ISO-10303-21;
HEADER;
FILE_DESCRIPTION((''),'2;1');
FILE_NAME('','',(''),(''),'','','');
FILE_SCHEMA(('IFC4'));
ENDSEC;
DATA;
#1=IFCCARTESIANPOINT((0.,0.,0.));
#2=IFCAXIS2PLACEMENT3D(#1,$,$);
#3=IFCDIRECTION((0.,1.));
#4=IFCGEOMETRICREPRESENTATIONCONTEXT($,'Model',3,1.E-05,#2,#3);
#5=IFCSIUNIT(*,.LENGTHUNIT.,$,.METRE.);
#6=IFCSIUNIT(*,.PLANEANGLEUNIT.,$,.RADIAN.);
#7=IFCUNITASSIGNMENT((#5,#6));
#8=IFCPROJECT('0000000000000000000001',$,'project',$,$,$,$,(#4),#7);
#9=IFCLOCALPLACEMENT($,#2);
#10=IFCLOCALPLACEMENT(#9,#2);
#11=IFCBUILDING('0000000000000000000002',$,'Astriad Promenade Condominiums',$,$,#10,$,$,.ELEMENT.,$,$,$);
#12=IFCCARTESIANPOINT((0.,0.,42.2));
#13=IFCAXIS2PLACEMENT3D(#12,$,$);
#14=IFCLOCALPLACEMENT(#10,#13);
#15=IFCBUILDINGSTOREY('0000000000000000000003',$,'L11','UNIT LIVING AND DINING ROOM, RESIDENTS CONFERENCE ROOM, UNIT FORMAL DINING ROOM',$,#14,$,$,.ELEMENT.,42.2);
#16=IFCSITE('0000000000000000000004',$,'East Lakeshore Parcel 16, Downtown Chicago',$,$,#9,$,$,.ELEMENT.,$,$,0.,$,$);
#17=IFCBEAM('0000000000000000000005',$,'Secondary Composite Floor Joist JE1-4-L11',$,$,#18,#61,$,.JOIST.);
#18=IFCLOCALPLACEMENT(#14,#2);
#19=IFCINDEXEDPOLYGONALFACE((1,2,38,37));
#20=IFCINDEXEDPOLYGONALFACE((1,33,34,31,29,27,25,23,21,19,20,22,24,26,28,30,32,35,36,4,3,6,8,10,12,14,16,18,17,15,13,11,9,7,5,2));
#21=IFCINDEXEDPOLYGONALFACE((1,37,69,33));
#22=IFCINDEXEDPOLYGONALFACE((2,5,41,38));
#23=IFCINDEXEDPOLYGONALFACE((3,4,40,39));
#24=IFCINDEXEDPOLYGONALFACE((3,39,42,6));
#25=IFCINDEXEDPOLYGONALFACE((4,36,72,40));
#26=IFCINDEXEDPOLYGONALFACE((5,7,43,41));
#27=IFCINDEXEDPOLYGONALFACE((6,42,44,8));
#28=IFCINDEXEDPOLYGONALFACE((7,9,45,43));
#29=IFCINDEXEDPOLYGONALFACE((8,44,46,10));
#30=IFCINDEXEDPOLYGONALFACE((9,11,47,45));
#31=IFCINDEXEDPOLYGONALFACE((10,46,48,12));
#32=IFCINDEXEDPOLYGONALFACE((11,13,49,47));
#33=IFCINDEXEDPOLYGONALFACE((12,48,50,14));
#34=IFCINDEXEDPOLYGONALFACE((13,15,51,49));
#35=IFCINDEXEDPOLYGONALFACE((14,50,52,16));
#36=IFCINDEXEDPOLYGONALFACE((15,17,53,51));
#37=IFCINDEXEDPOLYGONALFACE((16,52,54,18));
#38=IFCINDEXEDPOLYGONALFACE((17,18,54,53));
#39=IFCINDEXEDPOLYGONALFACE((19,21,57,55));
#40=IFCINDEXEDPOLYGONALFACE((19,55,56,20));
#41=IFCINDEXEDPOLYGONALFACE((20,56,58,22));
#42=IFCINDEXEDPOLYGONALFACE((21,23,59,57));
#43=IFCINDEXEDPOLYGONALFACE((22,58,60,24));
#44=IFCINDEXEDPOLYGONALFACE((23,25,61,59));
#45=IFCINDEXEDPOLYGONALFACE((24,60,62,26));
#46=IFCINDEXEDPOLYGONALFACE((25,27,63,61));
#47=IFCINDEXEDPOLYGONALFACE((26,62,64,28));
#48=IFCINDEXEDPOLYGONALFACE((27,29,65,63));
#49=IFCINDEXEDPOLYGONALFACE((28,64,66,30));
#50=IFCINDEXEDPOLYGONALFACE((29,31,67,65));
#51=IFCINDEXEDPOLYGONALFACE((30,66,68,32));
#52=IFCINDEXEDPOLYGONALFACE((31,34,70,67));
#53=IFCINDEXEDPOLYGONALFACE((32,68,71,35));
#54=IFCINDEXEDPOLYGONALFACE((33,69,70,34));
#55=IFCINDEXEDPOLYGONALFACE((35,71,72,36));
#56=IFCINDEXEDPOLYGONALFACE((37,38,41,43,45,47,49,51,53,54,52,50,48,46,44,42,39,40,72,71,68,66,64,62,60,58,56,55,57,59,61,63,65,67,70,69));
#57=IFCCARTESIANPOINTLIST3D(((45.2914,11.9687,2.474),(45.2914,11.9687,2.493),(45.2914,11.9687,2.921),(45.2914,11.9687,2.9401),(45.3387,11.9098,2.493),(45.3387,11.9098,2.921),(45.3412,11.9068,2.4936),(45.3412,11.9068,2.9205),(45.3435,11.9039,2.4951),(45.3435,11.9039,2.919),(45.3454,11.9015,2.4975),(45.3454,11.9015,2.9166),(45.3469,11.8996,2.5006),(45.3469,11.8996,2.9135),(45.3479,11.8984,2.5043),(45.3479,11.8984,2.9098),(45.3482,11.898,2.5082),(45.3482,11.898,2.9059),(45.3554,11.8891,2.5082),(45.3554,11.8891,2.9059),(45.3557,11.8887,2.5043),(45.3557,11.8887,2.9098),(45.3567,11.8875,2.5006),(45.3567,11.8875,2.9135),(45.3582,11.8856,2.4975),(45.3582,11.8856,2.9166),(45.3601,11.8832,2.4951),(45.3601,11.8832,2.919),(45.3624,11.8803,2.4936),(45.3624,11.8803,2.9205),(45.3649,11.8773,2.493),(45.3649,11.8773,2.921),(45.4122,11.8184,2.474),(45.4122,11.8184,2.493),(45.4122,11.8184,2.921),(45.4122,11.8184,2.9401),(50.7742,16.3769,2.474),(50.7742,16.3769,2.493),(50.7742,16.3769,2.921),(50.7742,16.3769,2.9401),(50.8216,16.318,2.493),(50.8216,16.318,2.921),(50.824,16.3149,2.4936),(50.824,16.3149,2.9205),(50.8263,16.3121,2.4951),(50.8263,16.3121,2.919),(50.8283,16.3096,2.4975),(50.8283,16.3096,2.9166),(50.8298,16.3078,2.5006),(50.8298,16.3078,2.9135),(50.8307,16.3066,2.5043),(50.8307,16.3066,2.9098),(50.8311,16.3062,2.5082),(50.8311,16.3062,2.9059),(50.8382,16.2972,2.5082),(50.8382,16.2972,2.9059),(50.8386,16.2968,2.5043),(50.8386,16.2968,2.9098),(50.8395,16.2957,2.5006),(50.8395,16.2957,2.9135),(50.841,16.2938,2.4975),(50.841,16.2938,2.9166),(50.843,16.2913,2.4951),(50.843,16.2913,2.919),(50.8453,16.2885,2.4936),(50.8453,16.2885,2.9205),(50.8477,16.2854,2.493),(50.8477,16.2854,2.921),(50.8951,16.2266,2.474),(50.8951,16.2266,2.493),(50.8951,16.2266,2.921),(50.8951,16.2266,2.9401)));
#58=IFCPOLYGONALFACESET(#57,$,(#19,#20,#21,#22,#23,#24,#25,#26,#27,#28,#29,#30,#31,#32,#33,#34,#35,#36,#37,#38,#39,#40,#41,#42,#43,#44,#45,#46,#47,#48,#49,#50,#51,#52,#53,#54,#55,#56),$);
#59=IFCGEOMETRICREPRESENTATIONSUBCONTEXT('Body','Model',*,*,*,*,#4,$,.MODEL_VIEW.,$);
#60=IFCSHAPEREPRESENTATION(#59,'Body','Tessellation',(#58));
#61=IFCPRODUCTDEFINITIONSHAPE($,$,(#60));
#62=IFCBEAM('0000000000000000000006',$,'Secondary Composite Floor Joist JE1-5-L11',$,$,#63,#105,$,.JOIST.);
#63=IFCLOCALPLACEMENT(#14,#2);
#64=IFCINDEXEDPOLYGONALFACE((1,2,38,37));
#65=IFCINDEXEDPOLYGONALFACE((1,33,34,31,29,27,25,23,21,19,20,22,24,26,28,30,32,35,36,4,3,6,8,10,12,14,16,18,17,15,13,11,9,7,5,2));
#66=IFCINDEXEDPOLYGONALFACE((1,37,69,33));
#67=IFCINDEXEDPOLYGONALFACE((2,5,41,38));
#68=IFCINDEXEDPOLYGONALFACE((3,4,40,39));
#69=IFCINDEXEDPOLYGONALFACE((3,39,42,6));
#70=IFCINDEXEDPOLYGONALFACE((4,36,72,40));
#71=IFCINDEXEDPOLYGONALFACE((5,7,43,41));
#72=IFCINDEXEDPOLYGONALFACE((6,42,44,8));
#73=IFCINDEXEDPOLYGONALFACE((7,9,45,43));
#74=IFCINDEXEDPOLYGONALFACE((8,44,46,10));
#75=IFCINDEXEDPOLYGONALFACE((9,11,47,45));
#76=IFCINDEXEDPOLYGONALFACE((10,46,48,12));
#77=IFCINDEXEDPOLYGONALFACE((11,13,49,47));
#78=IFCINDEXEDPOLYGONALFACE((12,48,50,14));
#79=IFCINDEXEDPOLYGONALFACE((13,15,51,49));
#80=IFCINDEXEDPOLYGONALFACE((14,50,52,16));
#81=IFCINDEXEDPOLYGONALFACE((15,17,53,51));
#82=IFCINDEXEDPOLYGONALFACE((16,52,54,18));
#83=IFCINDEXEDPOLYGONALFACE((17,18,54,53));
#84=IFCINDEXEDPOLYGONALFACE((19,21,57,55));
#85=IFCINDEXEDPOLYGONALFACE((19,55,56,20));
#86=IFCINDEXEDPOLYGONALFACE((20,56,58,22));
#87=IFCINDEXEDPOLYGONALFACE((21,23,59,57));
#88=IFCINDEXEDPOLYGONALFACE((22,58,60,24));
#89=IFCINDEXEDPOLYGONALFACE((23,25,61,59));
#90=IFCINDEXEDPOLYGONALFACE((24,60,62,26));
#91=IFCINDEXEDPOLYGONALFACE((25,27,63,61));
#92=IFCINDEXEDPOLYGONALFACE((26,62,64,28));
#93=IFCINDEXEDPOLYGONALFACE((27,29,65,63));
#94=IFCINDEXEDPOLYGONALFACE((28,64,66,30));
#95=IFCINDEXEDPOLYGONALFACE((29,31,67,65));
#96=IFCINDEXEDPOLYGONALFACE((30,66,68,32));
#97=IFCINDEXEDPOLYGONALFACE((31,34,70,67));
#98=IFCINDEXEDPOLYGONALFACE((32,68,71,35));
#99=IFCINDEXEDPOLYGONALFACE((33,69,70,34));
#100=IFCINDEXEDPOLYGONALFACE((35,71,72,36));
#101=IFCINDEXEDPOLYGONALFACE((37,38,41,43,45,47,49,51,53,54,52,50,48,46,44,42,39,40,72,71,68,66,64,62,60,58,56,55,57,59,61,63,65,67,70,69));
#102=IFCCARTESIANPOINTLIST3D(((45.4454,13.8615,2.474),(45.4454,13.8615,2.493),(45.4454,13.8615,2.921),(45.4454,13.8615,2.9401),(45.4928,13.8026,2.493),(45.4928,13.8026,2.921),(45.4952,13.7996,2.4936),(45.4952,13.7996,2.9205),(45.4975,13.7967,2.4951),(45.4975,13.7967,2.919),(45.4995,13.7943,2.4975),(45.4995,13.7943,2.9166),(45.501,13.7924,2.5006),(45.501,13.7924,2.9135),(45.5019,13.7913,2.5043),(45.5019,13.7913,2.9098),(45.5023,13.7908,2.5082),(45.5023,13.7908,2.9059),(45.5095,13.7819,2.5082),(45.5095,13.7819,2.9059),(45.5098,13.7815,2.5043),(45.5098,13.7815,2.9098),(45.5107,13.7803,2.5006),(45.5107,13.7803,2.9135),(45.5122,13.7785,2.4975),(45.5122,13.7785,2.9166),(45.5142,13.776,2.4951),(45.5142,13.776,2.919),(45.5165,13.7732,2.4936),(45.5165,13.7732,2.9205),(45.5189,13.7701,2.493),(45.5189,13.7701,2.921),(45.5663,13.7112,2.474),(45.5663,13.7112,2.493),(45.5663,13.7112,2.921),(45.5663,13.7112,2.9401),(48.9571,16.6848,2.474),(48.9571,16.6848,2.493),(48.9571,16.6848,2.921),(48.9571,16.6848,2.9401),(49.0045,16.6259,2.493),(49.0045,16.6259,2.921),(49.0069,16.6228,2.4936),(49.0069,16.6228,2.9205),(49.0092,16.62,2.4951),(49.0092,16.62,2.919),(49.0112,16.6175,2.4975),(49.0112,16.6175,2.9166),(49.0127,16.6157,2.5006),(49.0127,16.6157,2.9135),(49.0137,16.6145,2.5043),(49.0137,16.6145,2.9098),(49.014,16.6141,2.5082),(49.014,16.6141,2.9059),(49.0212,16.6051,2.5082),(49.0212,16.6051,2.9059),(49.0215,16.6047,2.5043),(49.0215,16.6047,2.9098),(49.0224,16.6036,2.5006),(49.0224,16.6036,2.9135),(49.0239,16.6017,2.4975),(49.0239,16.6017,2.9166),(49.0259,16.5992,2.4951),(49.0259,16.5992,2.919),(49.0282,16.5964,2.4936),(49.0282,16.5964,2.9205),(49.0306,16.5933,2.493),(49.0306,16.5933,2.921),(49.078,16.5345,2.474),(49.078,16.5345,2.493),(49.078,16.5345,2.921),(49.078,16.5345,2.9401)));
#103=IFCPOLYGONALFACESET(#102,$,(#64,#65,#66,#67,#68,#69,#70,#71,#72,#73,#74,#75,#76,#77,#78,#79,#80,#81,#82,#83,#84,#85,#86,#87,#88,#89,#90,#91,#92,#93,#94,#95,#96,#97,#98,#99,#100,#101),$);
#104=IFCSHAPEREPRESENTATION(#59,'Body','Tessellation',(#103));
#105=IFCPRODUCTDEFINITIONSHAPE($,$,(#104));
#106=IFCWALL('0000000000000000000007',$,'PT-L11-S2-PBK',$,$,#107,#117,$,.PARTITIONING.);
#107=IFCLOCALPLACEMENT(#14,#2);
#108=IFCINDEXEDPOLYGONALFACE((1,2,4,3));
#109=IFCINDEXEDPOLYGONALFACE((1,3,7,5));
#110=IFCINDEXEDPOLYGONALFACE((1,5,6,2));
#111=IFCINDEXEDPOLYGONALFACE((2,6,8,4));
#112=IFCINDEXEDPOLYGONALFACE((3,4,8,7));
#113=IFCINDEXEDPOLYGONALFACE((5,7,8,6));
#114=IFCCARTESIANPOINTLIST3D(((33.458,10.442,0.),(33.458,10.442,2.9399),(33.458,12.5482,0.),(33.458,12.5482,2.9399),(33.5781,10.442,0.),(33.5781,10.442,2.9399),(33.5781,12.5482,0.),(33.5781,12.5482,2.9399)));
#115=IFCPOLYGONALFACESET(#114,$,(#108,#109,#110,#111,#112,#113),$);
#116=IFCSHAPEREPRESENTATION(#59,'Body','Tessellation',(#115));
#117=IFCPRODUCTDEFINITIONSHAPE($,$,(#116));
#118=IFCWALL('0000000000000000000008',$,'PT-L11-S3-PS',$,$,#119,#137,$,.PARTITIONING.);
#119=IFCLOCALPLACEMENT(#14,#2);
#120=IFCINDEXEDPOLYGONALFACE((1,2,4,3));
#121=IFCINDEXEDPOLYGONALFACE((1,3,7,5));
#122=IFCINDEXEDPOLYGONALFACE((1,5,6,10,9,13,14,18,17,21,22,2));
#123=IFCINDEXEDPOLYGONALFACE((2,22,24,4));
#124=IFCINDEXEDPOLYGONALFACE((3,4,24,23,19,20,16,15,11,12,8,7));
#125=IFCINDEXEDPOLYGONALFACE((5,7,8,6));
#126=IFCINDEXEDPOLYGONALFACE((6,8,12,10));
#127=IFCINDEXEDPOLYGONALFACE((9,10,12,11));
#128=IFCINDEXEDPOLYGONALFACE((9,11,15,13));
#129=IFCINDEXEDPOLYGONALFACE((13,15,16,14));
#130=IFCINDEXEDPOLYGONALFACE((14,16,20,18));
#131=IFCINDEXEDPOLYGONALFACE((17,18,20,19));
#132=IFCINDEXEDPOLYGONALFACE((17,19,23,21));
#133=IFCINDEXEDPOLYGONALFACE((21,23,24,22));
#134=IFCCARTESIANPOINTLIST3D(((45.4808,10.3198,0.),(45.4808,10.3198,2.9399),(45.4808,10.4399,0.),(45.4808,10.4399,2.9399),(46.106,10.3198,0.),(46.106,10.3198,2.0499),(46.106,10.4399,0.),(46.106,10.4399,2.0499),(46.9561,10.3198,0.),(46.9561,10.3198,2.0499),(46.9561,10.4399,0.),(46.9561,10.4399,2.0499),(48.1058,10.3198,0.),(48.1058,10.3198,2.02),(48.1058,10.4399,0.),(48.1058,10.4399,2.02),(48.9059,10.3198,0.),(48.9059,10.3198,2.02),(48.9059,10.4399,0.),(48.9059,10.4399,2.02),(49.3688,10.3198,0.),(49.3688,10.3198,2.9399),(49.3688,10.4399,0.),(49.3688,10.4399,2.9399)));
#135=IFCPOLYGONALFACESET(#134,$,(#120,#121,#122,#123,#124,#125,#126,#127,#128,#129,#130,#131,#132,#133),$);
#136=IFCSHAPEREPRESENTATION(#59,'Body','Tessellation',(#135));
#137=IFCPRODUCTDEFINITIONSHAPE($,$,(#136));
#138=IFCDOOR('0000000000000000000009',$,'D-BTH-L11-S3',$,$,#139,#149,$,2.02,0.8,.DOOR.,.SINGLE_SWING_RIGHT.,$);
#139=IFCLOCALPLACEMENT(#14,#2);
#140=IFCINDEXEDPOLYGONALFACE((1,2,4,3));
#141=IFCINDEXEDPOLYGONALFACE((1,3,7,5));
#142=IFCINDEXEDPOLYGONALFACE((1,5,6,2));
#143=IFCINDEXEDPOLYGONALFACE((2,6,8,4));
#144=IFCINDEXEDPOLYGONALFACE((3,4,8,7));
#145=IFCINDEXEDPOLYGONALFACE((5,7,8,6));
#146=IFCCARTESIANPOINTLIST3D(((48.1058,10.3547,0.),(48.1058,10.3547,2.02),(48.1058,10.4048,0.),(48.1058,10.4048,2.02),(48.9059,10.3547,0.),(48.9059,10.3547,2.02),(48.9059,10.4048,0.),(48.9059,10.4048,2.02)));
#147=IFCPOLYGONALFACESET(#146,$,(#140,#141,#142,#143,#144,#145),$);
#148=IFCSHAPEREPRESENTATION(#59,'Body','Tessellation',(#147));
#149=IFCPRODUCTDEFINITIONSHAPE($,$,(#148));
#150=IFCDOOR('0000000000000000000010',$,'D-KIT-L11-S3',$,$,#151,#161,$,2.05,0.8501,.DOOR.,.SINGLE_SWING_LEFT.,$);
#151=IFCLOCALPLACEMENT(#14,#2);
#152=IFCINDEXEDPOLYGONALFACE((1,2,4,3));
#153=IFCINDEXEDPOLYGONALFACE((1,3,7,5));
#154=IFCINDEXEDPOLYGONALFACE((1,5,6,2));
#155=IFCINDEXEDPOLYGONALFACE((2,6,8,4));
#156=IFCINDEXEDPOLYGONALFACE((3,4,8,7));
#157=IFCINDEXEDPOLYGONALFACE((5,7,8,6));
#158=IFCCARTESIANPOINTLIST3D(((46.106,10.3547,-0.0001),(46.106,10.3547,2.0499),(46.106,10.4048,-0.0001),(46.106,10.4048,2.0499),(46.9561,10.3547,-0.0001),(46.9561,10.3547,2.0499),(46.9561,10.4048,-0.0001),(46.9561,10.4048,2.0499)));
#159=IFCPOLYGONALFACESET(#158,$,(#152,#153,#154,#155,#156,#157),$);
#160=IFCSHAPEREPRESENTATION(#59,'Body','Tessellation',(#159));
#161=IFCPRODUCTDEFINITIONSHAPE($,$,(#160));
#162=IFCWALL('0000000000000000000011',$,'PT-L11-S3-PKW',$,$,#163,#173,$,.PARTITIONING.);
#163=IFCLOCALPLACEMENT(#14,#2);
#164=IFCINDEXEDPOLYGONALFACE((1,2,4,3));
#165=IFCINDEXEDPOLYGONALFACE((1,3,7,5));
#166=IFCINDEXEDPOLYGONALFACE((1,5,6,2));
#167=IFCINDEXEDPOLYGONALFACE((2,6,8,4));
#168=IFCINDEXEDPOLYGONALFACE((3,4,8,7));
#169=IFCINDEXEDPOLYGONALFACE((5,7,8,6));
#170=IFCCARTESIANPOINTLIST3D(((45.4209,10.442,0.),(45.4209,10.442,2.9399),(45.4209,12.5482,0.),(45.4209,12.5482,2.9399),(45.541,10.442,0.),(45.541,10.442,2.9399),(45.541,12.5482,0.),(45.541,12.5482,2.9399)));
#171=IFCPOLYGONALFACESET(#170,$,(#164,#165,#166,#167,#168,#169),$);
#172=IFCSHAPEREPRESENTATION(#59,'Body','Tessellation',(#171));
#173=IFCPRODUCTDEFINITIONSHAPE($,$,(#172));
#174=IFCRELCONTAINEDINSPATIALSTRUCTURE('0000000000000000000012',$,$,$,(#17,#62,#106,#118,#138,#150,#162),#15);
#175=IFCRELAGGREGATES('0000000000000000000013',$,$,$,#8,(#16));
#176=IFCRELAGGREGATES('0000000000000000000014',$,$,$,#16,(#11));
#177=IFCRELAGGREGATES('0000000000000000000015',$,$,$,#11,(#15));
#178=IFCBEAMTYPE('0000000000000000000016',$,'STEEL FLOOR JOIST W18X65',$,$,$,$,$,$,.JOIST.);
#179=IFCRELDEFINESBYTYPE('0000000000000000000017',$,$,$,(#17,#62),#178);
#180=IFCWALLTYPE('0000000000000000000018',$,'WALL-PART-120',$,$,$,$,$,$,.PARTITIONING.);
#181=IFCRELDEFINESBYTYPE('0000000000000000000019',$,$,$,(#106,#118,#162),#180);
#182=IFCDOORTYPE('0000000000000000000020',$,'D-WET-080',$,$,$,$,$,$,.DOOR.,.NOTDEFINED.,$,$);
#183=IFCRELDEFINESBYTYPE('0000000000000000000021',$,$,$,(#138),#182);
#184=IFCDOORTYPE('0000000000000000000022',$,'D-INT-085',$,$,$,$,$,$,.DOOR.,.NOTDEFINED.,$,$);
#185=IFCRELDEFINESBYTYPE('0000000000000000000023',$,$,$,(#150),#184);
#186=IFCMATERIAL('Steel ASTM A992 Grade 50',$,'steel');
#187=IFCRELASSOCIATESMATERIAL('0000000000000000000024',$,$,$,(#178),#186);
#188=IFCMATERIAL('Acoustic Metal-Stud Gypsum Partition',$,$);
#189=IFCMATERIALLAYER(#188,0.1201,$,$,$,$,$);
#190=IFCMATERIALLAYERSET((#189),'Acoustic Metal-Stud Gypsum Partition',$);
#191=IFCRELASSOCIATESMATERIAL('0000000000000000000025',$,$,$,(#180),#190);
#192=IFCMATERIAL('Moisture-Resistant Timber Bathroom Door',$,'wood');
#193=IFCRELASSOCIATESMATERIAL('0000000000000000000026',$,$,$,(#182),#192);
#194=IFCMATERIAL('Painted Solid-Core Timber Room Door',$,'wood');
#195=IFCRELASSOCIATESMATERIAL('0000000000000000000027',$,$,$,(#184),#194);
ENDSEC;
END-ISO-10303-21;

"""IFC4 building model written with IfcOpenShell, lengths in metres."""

from ifc_helpers import new_model, si_unit, direction, frame, frame_2d, origin, origin_2d, place, context, subcontext, project, spatial, rectangle, i_section, extrude, source, transform, mapped, material, layer, layer_set, material_profile, profile_set, type_object, type_shapes, element, fill, save


model = new_model("IFC4")

# Units and contexts
model_context = context("Model", 3, precision=1e-05, world=origin(), true_north=direction((0.0, 1.0)))
body_context = subcontext(model_context, "Body", "Model", "MODEL_VIEW")
ifc_project = project(units=[si_unit("LENGTHUNIT", "METRE"), si_unit("PLANEANGLEUNIT", "RADIAN")], contexts=[model_context])

# Site, building, storey
site_placement = place(None, origin())
site = spatial("IfcSite", under=ifc_project, at=site_placement, Name="East Lakeshore Parcel 16, Downtown Chicago", CompositionType="ELEMENT", RefElevation=0.0)
building_placement = place(site_placement, origin())
building = spatial("IfcBuilding", under=site, at=building_placement, Name="Astriad Promenade Condominiums", CompositionType="ELEMENT")
storey_placement = place(building_placement, frame((0.0, 0.0, 42.2)))
storey = spatial("IfcBuildingStorey", under=building, at=storey_placement, Name="L11", Description="UNIT LIVING AND DINING ROOM, RESIDENTS CONFERENCE ROOM, UNIT FORMAL DINING ROOM", CompositionType="ELEMENT", Elevation=42.2)

# Shared definitions
ifc_material_1 = material(Name="Steel ASTM A992 Grade 50", Category="steel")

# Beams
ifc_material_profile_1 = material_profile(ifc_material_1, i_section(OverallWidth=0.1929, OverallDepth=0.4661, WebThickness=0.0115, FlangeThickness=0.019, FilletRadius=0.0151, at=origin_2d()), Name="W18X65")
ifc_profile_set_1 = profile_set([ifc_material_profile_1], Name="Steel ASTM A992 Grade 50")
beam_type_1 = type_object("IfcBeamType", Name="STEEL FLOOR JOIST W18X65", PredefinedType="JOIST", material=ifc_profile_set_1)
shared_shape_1 = source(origin(), body_context, "Body", "SweptSolid", [
    extrude(i_section(OverallWidth=0.1929, OverallDepth=0.4661, WebThickness=0.0115, FlangeThickness=0.019, FilletRadius=0.0151, at=origin_2d()), origin(), (0.0, 0.0, 1.0), 7.0352),
])
beam_1_placement = place(storey_placement, frame((45.3518, 11.8936, 2.707), z_axis=(0.77935, 0.626589, 0.0), x_axis=(-0.626589, 0.77935, 0.0)))
element("IfcBeam", 1, at=beam_1_placement, inside=storey, type_object=beam_type_1, Name="Secondary Composite Floor Joist JE1-4-L11", PredefinedType="JOIST", context=body_context, shape_type="MappedRepresentation", body=[
    mapped(shared_shape_1, transform((0.0, 0.0, 0.0), scale=1.0)),
])
shared_shape_2 = source(origin(), body_context, "Body", "SweptSolid", [
    extrude(i_section(OverallWidth=0.1929, OverallDepth=0.4661, WebThickness=0.0115, FlangeThickness=0.019, FilletRadius=0.0151, at=origin_2d()), origin(), (0.0, 0.0, 1.0), 4.5059),
])
beam_2_placement = place(storey_placement, frame((45.5059, 13.7864, 2.707), z_axis=(0.779365, 0.62657, 0.0), x_axis=(-0.62657, 0.779365, 0.0)))
element("IfcBeam", 2, at=beam_2_placement, inside=storey, type_object=beam_type_1, Name="Secondary Composite Floor Joist JE1-5-L11", PredefinedType="JOIST", context=body_context, shape_type="MappedRepresentation", body=[
    mapped(shared_shape_2, transform((0.0, 0.0, 0.0), scale=1.0)),
])

# Wall
ifc_material_2 = material(Name="Acoustic Metal-Stud Gypsum Partition")
ifc_layer_1 = layer(ifc_material_2, 0.1201)
ifc_layer_set_1 = layer_set([ifc_layer_1], Name="Acoustic Metal-Stud Gypsum Partition")
wall_type_1 = type_object("IfcWallType", Name="WALL-PART-120", PredefinedType="PARTITIONING", material=ifc_layer_set_1)
wall_1_placement = place(storey_placement, frame((33.5181, 10.4419, 0.0), z_axis=(0.0, 0.0, 1.0), x_axis=(0.0, 1.0, 0.0)))
element("IfcWall", 3, at=wall_1_placement, inside=storey, type_object=wall_type_1, Name="PT-L11-S2-PBK", PredefinedType="PARTITIONING", context=body_context, shape_type="SweptSolid", body=[
    extrude(rectangle(XDim=2.1062, YDim=0.1201, at=frame_2d((1.0532, 0.0))), origin(), (0.0, 0.0, 1.0), 2.9399),
])

# Wall, openings, doors
wall_2_placement = place(storey_placement, frame((45.481, 10.3799, 0.0), z_axis=(0.0, 0.0, 1.0), x_axis=(1.0, 0.0, 0.0)))
wall_2 = element("IfcWall", 4, at=wall_2_placement, inside=storey, type_object=wall_type_1, Name="PT-L11-S3-PS", PredefinedType="PARTITIONING", context=body_context, shape_type="SweptSolid", body=[
    extrude(rectangle(XDim=3.8879, YDim=0.1201, at=frame_2d((1.9438, 0.0))), origin(), (0.0, 0.0, 1.0), 2.9399),
])
opening_1_placement = place(wall_2_placement, frame((0.625, 0.0, 0.0)))
opening_1 = element("IfcOpeningElement", 5, at=opening_1_placement, cuts=wall_2, PredefinedType="OPENING", context=body_context, shape_type="SweptSolid", body=[
    extrude(rectangle(XDim=0.8501, YDim=2.05, at=frame_2d((0.425, 1.0249))), frame((0.0, 0.0701, 0.0), z_axis=(0.0, -1.0, 0.0), x_axis=(1.0, 0.0, 0.0)), (0.0, 0.0, 1.0), 0.1401),
])
opening_2_placement = place(wall_2_placement, frame((2.625, 0.0, 0.0)))
opening_2 = element("IfcOpeningElement", 6, at=opening_2_placement, cuts=wall_2, PredefinedType="OPENING", context=body_context, shape_type="SweptSolid", body=[
    extrude(rectangle(XDim=0.8, YDim=2.02, at=frame_2d((0.3999, 1.01))), frame((0.0, 0.0701, 0.0), z_axis=(0.0, -1.0, 0.0), x_axis=(1.0, 0.0, 0.0)), (0.0, 0.0, 1.0), 0.1401),
])
ifc_material_3 = material(Name="Moisture-Resistant Timber Bathroom Door", Category="wood")
door_type_1 = type_object("IfcDoorType", Name="D-WET-080", OperationType="NOTDEFINED", PredefinedType="DOOR", material=ifc_material_3)
shared_shape_3 = source(origin(), body_context, "Body", "SweptSolid", [
    extrude(rectangle(XDim=0.8, YDim=2.02, at=frame_2d((0.3999, 1.01))), frame((0.0, 0.0249, 0.0), z_axis=(0.0, -1.0, 0.0), x_axis=(1.0, 0.0, 0.0)), (0.0, 0.0, 1.0), 0.05),
])
type_shapes(door_type_1, [shared_shape_3])
door_1_placement = place(opening_2_placement, origin())
door_1 = element("IfcDoor", 7, at=door_1_placement, inside=storey, type_object=door_type_1, Name="D-BTH-L11-S3", OperationType="SINGLE_SWING_RIGHT", OverallHeight=2.02, OverallWidth=0.8, PredefinedType="DOOR", context=body_context, shape_type="MappedRepresentation", body=[
    mapped(shared_shape_3, transform((0.0, 0.0, 0.0), scale=1.0)),
])
fill(opening_2, door_1)
ifc_material_4 = material(Name="Painted Solid-Core Timber Room Door", Category="wood")
door_type_2 = type_object("IfcDoorType", Name="D-INT-085", OperationType="NOTDEFINED", PredefinedType="DOOR", material=ifc_material_4)
shared_shape_4 = source(origin(), body_context, "Body", "SweptSolid", [
    extrude(rectangle(XDim=0.8501, YDim=2.05, at=frame_2d((0.425, 1.0249))), frame((0.0, 0.0249, 0.0), z_axis=(0.0, -1.0, 0.0), x_axis=(1.0, 0.0, 0.0)), (0.0, 0.0, 1.0), 0.05),
])
type_shapes(door_type_2, [shared_shape_4])
door_2_placement = place(opening_1_placement, origin())
door_2 = element("IfcDoor", 8, at=door_2_placement, inside=storey, type_object=door_type_2, Name="D-KIT-L11-S3", OperationType="SINGLE_SWING_LEFT", OverallHeight=2.05, OverallWidth=0.8501, PredefinedType="DOOR", context=body_context, shape_type="MappedRepresentation", body=[
    mapped(shared_shape_4, transform((0.0, 0.0, 0.0), scale=1.0)),
])
fill(opening_1, door_2)

# Wall
wall_3_placement = place(storey_placement, frame((45.481, 10.4419, 0.0), z_axis=(0.0, 0.0, 1.0), x_axis=(0.0, 1.0, 0.0)))
element("IfcWall", 9, at=wall_3_placement, inside=storey, type_object=wall_type_1, Name="PT-L11-S3-PKW", PredefinedType="PARTITIONING", context=body_context, shape_type="SweptSolid", body=[
    extrude(rectangle(XDim=2.1062, YDim=0.1201, at=frame_2d((1.0532, 0.0))), origin(), (0.0, 0.0, 1.0), 2.9399),
])

save(model, "model.ifc")
